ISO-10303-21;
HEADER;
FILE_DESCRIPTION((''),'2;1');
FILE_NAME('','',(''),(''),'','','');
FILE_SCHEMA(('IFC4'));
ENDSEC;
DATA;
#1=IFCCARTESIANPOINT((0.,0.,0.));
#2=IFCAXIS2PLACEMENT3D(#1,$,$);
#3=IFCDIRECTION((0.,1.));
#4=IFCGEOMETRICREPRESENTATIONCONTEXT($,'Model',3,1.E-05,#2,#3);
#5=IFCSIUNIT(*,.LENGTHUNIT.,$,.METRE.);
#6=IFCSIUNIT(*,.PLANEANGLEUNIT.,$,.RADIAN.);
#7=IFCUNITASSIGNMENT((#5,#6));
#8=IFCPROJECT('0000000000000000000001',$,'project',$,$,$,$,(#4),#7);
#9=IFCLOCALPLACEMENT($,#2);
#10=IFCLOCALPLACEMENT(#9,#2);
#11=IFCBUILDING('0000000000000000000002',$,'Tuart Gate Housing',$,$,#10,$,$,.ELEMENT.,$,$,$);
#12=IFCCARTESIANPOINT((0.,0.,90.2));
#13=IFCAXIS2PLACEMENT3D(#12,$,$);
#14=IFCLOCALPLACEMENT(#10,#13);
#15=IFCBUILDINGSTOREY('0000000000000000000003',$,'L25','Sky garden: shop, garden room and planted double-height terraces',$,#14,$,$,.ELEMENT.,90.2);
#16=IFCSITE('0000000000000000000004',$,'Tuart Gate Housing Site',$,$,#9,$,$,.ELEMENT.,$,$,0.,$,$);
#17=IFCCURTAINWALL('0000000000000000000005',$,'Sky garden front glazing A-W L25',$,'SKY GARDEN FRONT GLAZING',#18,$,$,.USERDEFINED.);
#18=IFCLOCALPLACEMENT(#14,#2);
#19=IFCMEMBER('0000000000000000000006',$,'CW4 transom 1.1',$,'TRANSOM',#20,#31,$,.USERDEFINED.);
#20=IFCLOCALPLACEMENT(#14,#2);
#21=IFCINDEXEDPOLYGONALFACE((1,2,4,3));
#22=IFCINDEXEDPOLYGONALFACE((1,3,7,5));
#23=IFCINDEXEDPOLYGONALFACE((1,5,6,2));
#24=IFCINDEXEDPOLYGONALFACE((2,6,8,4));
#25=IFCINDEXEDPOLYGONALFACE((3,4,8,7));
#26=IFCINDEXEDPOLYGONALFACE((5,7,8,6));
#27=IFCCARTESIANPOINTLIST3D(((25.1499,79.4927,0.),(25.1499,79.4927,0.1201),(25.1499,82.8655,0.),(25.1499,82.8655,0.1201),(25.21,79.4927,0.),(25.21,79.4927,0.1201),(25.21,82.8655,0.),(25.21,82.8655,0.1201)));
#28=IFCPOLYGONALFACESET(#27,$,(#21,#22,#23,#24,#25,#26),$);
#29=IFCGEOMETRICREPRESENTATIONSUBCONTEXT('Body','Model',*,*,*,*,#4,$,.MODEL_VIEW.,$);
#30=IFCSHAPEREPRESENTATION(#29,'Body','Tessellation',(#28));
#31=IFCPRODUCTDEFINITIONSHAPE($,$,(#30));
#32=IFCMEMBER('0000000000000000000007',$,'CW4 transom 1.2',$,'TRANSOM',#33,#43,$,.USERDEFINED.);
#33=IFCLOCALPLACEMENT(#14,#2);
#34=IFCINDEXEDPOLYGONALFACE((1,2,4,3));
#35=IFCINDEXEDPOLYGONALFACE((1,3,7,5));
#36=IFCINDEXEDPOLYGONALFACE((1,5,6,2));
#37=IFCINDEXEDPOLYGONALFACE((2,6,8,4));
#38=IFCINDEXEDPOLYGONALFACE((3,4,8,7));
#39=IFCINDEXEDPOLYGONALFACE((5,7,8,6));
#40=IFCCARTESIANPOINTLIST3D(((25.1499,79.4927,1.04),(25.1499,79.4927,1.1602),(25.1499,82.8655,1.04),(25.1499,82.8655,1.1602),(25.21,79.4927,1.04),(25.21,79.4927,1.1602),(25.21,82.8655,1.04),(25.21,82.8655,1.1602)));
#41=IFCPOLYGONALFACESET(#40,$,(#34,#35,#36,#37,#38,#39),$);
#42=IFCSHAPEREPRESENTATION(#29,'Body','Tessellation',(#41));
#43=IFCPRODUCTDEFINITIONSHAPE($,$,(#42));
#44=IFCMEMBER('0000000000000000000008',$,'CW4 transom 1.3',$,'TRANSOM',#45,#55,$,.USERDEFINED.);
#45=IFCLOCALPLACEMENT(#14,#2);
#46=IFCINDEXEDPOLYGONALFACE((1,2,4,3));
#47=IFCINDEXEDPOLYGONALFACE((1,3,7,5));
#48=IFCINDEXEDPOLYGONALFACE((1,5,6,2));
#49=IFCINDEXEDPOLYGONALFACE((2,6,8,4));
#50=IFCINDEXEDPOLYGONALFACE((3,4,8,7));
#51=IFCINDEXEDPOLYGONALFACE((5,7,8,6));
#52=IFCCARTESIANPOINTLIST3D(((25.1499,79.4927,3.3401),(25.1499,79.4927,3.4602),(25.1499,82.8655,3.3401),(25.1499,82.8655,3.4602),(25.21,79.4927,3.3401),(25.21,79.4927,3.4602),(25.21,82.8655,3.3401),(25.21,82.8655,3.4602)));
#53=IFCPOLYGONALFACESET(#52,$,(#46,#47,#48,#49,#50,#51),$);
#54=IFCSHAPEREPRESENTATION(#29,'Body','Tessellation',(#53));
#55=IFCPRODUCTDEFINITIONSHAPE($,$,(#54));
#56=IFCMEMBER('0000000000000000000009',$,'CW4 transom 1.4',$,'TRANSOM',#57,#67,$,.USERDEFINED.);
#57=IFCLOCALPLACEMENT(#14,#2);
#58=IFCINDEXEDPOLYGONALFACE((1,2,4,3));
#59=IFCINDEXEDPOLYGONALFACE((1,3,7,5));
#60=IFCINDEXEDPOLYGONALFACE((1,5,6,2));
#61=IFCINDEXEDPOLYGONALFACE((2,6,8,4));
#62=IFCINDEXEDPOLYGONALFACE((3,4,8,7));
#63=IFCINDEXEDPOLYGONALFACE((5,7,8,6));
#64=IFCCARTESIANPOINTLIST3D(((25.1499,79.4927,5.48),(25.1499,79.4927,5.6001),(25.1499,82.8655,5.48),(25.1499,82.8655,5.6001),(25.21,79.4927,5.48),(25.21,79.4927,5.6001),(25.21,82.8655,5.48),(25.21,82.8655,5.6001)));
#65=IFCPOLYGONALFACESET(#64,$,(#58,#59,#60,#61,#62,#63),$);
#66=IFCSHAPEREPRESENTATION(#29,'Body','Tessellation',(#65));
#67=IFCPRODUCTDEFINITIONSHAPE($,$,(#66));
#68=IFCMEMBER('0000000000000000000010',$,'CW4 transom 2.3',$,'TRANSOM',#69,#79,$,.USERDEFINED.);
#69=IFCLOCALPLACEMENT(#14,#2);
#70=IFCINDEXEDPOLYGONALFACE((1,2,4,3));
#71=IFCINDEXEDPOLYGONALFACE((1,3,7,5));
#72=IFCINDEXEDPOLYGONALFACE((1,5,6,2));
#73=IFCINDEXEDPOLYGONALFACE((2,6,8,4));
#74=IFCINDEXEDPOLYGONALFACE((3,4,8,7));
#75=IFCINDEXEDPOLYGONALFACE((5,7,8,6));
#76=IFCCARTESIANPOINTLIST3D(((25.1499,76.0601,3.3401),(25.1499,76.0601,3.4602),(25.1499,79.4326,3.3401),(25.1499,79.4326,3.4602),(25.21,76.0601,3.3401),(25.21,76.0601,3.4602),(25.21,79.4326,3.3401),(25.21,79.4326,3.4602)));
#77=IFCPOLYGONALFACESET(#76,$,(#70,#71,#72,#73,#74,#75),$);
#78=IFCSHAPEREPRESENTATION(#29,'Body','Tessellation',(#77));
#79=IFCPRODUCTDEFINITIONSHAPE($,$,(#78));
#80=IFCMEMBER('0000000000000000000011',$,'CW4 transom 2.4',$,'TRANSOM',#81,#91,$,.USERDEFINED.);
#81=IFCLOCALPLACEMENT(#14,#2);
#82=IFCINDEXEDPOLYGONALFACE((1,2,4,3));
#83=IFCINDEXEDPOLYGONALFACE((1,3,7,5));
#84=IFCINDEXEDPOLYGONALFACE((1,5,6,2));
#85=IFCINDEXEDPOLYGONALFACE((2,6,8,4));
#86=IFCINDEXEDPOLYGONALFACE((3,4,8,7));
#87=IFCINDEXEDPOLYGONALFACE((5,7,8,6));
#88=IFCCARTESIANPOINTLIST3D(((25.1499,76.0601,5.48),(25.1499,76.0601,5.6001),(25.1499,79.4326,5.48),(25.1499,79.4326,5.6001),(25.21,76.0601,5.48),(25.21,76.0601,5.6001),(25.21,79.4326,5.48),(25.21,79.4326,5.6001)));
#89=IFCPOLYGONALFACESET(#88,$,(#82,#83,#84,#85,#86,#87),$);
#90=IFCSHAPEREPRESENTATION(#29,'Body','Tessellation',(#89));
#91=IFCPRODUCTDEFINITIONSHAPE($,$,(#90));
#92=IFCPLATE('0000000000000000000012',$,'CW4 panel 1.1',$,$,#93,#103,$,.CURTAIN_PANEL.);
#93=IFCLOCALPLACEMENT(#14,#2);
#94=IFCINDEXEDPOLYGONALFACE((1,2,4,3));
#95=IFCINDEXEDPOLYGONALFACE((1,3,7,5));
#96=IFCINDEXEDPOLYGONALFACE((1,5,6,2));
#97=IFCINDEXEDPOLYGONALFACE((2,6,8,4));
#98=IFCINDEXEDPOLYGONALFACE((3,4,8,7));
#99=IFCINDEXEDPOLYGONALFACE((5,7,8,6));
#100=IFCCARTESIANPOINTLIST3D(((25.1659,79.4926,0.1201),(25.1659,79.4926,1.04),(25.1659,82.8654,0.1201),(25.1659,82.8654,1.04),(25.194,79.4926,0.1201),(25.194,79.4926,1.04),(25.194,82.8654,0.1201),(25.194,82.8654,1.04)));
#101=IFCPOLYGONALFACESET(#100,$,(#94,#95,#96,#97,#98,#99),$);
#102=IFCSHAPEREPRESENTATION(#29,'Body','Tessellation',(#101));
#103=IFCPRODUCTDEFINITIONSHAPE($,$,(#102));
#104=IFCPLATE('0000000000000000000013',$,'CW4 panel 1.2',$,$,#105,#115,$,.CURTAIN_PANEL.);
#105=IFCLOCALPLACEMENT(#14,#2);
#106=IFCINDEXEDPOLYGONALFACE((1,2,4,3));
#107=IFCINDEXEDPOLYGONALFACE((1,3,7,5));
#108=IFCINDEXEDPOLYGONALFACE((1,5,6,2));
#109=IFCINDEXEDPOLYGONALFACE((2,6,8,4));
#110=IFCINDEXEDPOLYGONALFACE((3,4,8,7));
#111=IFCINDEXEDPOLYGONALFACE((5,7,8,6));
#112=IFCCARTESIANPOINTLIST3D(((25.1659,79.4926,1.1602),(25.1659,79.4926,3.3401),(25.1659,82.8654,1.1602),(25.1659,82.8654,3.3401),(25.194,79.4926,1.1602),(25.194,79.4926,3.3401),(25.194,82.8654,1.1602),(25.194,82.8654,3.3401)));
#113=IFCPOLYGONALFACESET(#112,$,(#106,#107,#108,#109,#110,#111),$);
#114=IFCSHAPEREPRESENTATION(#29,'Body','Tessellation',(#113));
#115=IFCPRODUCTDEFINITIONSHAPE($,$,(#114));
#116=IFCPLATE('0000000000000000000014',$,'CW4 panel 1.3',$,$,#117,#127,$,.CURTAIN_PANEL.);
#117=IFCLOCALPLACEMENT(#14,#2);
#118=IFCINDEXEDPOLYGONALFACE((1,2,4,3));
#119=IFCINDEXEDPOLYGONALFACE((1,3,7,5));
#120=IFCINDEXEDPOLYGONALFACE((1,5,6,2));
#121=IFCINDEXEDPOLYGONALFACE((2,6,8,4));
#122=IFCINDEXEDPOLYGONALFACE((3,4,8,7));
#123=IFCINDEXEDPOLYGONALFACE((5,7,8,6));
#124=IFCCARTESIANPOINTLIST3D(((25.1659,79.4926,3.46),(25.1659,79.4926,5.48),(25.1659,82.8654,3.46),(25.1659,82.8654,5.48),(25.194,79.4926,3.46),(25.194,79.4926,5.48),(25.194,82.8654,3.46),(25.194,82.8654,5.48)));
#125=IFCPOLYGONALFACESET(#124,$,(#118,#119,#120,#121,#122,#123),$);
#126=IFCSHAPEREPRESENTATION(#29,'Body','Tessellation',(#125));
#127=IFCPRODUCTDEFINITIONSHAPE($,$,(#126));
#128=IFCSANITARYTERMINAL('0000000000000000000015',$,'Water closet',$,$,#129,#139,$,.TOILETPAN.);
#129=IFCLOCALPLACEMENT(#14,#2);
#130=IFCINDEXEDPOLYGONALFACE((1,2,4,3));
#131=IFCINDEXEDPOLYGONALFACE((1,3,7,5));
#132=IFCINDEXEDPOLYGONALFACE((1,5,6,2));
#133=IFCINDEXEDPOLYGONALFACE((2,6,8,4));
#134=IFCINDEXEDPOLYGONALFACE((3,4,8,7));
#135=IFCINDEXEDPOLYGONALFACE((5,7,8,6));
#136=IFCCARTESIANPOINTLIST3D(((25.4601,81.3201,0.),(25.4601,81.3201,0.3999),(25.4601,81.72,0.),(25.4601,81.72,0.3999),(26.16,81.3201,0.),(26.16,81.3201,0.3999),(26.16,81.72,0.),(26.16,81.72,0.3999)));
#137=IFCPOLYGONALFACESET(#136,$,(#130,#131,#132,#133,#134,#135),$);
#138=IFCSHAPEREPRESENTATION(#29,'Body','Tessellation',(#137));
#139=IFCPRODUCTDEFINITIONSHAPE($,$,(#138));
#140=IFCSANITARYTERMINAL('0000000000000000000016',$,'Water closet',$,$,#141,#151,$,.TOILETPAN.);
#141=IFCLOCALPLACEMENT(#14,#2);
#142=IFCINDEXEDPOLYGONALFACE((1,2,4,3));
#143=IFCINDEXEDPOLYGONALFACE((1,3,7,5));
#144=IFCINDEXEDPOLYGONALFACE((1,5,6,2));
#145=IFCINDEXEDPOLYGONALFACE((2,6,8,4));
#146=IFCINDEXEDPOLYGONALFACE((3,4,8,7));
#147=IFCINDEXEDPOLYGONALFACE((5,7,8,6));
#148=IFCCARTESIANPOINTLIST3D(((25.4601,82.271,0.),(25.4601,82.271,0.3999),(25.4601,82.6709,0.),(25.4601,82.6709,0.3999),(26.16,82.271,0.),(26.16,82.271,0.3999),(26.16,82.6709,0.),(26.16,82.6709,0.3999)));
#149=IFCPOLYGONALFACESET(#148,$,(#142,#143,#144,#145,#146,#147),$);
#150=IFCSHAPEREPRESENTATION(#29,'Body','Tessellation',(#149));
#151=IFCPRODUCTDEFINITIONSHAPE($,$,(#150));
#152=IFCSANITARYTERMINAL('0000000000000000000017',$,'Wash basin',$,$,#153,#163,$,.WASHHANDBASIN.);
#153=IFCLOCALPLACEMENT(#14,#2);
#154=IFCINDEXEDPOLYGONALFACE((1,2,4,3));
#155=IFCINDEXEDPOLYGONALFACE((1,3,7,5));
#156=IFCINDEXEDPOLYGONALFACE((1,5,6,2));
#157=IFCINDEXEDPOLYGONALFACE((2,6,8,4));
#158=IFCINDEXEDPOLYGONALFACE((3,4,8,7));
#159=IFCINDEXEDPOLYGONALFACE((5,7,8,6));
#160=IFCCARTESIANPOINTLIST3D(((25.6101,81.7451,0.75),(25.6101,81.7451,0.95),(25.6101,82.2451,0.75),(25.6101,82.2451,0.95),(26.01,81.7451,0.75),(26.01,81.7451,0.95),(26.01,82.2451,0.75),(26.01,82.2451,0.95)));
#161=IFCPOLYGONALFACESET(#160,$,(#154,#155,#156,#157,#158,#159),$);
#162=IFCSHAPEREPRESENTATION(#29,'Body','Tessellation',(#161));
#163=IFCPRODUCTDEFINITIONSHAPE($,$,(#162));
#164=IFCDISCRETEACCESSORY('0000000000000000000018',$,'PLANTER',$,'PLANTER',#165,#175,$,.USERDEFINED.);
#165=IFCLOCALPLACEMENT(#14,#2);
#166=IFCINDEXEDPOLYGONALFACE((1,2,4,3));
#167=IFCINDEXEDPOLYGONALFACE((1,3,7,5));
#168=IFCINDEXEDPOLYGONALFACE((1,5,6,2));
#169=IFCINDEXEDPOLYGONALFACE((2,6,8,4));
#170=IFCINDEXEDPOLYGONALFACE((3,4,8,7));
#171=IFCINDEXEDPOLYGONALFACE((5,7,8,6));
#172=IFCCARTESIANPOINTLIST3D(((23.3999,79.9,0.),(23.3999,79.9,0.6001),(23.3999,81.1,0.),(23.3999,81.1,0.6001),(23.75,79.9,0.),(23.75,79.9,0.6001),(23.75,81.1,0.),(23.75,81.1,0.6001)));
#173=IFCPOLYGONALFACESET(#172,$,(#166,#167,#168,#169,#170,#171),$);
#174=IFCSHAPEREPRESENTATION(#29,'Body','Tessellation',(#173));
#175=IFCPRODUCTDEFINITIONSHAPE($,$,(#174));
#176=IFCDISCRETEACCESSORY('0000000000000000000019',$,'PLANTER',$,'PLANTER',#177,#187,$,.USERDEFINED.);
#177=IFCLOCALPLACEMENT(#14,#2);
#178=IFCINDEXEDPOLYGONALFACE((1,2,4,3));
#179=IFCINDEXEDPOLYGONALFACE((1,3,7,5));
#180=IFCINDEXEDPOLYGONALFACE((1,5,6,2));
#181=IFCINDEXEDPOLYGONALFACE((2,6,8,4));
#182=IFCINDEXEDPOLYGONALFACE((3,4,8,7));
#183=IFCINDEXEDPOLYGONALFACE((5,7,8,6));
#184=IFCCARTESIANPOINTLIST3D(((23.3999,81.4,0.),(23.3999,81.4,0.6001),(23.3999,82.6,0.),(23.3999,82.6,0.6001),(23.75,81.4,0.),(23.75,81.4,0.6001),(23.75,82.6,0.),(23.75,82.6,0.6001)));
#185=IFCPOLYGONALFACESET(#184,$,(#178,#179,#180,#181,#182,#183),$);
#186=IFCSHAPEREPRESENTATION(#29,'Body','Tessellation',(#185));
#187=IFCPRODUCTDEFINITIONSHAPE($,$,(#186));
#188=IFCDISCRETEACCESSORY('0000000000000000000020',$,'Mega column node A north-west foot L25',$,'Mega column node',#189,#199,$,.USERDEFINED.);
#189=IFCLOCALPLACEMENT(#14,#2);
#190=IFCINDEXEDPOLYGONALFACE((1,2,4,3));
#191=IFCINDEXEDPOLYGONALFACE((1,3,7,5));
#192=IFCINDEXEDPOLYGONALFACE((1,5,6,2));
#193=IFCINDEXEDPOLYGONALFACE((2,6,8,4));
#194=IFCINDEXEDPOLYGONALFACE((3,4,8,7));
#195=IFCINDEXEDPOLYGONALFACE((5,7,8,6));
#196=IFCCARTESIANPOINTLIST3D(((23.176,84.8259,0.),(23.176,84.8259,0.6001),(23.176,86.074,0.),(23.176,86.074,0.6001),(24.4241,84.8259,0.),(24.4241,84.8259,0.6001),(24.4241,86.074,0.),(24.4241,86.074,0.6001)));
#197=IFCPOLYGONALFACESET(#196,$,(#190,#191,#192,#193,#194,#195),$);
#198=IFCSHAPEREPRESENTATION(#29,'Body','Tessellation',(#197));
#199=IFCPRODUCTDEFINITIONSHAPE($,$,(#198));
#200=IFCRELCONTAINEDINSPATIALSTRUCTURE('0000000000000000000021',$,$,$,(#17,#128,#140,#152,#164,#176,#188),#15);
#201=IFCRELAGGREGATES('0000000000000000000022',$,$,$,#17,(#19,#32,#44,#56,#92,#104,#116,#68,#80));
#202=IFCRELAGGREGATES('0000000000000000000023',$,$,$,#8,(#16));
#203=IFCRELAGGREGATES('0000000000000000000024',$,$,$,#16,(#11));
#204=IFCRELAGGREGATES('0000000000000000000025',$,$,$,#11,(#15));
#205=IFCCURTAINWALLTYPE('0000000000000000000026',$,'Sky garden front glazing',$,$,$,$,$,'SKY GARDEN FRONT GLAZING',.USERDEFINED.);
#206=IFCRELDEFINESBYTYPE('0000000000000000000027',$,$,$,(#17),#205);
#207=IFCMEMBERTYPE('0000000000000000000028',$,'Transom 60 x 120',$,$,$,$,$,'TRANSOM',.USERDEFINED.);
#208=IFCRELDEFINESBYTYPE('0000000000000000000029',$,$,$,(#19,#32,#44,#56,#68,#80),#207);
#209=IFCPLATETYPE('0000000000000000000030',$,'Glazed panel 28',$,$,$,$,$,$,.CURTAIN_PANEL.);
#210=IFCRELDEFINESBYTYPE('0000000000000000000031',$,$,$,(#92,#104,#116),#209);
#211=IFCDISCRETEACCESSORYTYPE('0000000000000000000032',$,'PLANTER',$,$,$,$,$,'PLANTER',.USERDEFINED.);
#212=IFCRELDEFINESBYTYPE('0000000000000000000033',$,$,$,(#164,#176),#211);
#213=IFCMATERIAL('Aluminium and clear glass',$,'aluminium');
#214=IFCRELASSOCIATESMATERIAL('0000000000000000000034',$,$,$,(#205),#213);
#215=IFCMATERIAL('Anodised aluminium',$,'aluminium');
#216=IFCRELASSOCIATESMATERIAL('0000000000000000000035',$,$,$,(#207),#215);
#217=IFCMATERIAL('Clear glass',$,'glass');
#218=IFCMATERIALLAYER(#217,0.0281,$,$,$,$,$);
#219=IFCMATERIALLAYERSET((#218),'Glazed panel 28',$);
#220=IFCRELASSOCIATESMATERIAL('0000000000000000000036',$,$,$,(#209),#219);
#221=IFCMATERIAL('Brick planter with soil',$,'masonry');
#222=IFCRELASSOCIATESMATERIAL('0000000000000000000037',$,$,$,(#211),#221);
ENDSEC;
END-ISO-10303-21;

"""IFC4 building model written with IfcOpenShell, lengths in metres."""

from ifc_helpers import new_model, si_unit, direction, frame, origin, origin_2d, place, context, subcontext, project, spatial, rectangle, extrude, material, layer, layer_set, material_profile, profile_set, type_object, element, aggregate, save


model = new_model("IFC4")

# Units and contexts
model_context = context("Model", 3, precision=1e-05, world=origin(), true_north=direction((0.0, 1.0)))
body_context = subcontext(model_context, "Body", "Model", "MODEL_VIEW")
ifc_project = project(units=[si_unit("LENGTHUNIT", "METRE"), si_unit("PLANEANGLEUNIT", "RADIAN")], contexts=[model_context])

# Site, building, storey
site_placement = place(None, origin())
site = spatial("IfcSite", under=ifc_project, at=site_placement, Name="Tuart Gate Housing Site", CompositionType="ELEMENT", RefElevation=0.0)
building_placement = place(site_placement, origin())
building = spatial("IfcBuilding", under=site, at=building_placement, Name="Tuart Gate Housing", CompositionType="ELEMENT")
storey_placement = place(building_placement, frame((0.0, 0.0, 90.2)))
storey = spatial("IfcBuildingStorey", under=building, at=storey_placement, Name="L25", Description="Sky garden: shop, garden room and planted double-height terraces", CompositionType="ELEMENT", Elevation=90.2)

# Curtain wall
ifc_material_1 = material(Name="Aluminium and clear glass", Category="aluminium")
curtain_wall_type = type_object("IfcCurtainWallType", Name="Sky garden front glazing", ElementType="SKY GARDEN FRONT GLAZING", PredefinedType="USERDEFINED", material=ifc_material_1)
curtain_wall_placement = place(storey_placement, origin())
curtain_wall = element("IfcCurtainWall", 1, at=curtain_wall_placement, inside=storey, type_object=curtain_wall_type, Name="Sky garden front glazing A-W L25", ObjectType="SKY GARDEN FRONT GLAZING", PredefinedType="USERDEFINED")

# Members
ifc_material_2 = material(Name="Anodised aluminium", Category="aluminium")
ifc_material_profile_1 = material_profile(ifc_material_2, rectangle(XDim=0.0601, YDim=0.1201, at=origin_2d()), Name="60x120")
ifc_profile_set_1 = profile_set([ifc_material_profile_1], Name="Anodised aluminium")
member_type_1 = type_object("IfcMemberType", Name="Transom 60 x 120", ElementType="TRANSOM", PredefinedType="USERDEFINED", material=ifc_profile_set_1)
member_1_placement = place(storey_placement, frame((25.1799, 82.8655, 0.0601), z_axis=(0.0, -1.0, 0.0), x_axis=(1.0, 0.0, 0.0)))
member_1 = element("IfcMember", 2, at=member_1_placement, type_object=member_type_1, Name="CW4 transom 1.1", ObjectType="TRANSOM", PredefinedType="USERDEFINED", context=body_context, shape_type="SweptSolid", body=[
    extrude(rectangle(XDim=0.0601, YDim=0.1201, at=origin_2d()), origin(), (0.0, 0.0, 1.0), 3.3728),
])
member_2_placement = place(storey_placement, frame((25.1799, 82.8655, 1.1001), z_axis=(0.0, -1.0, 0.0), x_axis=(1.0, 0.0, 0.0)))
member_2 = element("IfcMember", 3, at=member_2_placement, type_object=member_type_1, Name="CW4 transom 1.2", ObjectType="TRANSOM", PredefinedType="USERDEFINED", context=body_context, shape_type="SweptSolid", body=[
    extrude(rectangle(XDim=0.0601, YDim=0.1201, at=origin_2d()), origin(), (0.0, 0.0, 1.0), 3.3728),
])
member_3_placement = place(storey_placement, frame((25.1799, 82.8655, 3.4001), z_axis=(0.0, -1.0, 0.0), x_axis=(1.0, 0.0, 0.0)))
member_3 = element("IfcMember", 4, at=member_3_placement, type_object=member_type_1, Name="CW4 transom 1.3", ObjectType="TRANSOM", PredefinedType="USERDEFINED", context=body_context, shape_type="SweptSolid", body=[
    extrude(rectangle(XDim=0.0601, YDim=0.1201, at=origin_2d()), origin(), (0.0, 0.0, 1.0), 3.3728),
])
member_4_placement = place(storey_placement, frame((25.1799, 82.8655, 5.54), z_axis=(0.0, -1.0, 0.0), x_axis=(1.0, 0.0, 0.0)))
member_4 = element("IfcMember", 5, at=member_4_placement, type_object=member_type_1, Name="CW4 transom 1.4", ObjectType="TRANSOM", PredefinedType="USERDEFINED", context=body_context, shape_type="SweptSolid", body=[
    extrude(rectangle(XDim=0.0601, YDim=0.1201, at=origin_2d()), origin(), (0.0, 0.0, 1.0), 3.3728),
])
member_5_placement = place(storey_placement, frame((25.1799, 79.4326, 3.4001), z_axis=(0.0, -1.0, 0.0), x_axis=(1.0, 0.0, 0.0)))
member_5 = element("IfcMember", 6, at=member_5_placement, type_object=member_type_1, Name="CW4 transom 2.3", ObjectType="TRANSOM", PredefinedType="USERDEFINED", context=body_context, shape_type="SweptSolid", body=[
    extrude(rectangle(XDim=0.0601, YDim=0.1201, at=origin_2d()), origin(), (0.0, 0.0, 1.0), 3.3726),
])
member_6_placement = place(storey_placement, frame((25.1799, 79.4326, 5.54), z_axis=(0.0, -1.0, 0.0), x_axis=(1.0, 0.0, 0.0)))
member_6 = element("IfcMember", 7, at=member_6_placement, type_object=member_type_1, Name="CW4 transom 2.4", ObjectType="TRANSOM", PredefinedType="USERDEFINED", context=body_context, shape_type="SweptSolid", body=[
    extrude(rectangle(XDim=0.0601, YDim=0.1201, at=origin_2d()), origin(), (0.0, 0.0, 1.0), 3.3726),
])

# Plates
ifc_material_3 = material(Name="Clear glass", Category="glass")
ifc_layer = layer(ifc_material_3, 0.0281)
ifc_layer_set = layer_set([ifc_layer], Name="Glazed panel 28")
plate_type = type_object("IfcPlateType", Name="Glazed panel 28", PredefinedType="CURTAIN_PANEL", material=ifc_layer_set)
plate_1_placement = place(storey_placement, frame((25.1799, 81.179, 0.1201), z_axis=(0.0, 0.0, 1.0), x_axis=(0.0, -1.0, 0.0)))
plate_1 = element("IfcPlate", 8, at=plate_1_placement, type_object=plate_type, Name="CW4 panel 1.1", PredefinedType="CURTAIN_PANEL", context=body_context, shape_type="SweptSolid", body=[
    extrude(rectangle(XDim=3.3728, YDim=0.0281, at=origin_2d()), origin(), (0.0, 0.0, 1.0), 0.9199),
])
plate_2_placement = place(storey_placement, frame((25.1799, 81.179, 1.1602), z_axis=(0.0, 0.0, 1.0), x_axis=(0.0, -1.0, 0.0)))
plate_2 = element("IfcPlate", 9, at=plate_2_placement, type_object=plate_type, Name="CW4 panel 1.2", PredefinedType="CURTAIN_PANEL", context=body_context, shape_type="SweptSolid", body=[
    extrude(rectangle(XDim=3.3728, YDim=0.0281, at=origin_2d()), origin(), (0.0, 0.0, 1.0), 2.1799),
])
plate_3_placement = place(storey_placement, frame((25.1799, 81.179, 3.46), z_axis=(0.0, 0.0, 1.0), x_axis=(0.0, -1.0, 0.0)))
plate_3 = element("IfcPlate", 10, at=plate_3_placement, type_object=plate_type, Name="CW4 panel 1.3", PredefinedType="CURTAIN_PANEL", context=body_context, shape_type="SweptSolid", body=[
    extrude(rectangle(XDim=3.3728, YDim=0.0281, at=origin_2d()), origin(), (0.0, 0.0, 1.0), 2.02),
])
aggregate(curtain_wall, [member_1, member_2, member_3, member_4, plate_1, plate_2, plate_3, member_5, member_6])

# Sanitary terminals
for number, where, z_axis, x_axis, name in (
    (11, (25.8101, 81.52, 0.0), (0.0, 0.0, 1.0), (1.0, 0.0, 0.0), "Water closet"),
    (12, (25.8101, 82.4709, 0.0), (0.0, 0.0, 1.0), (1.0, 0.0, 0.0), "Water closet"),
):
    element("IfcSanitaryTerminal", number, at=place(storey_placement, frame(where, z_axis=z_axis, x_axis=x_axis)), inside=storey, Name=name, PredefinedType="TOILETPAN", context=body_context, shape_type="SweptSolid", body=[
        extrude(rectangle(XDim=0.7, YDim=0.3999, at=origin_2d()), origin(), (0.0, 0.0, 1.0), 0.3999),
    ])
sanitary_terminal_placement = place(storey_placement, frame((25.8101, 81.9951, 0.75), z_axis=(0.0, 0.0, 1.0), x_axis=(1.0, 0.0, 0.0)))
element("IfcSanitaryTerminal", 13, at=sanitary_terminal_placement, inside=storey, Name="Wash basin", PredefinedType="WASHHANDBASIN", context=body_context, shape_type="SweptSolid", body=[
    extrude(rectangle(XDim=0.3999, YDim=0.5, at=origin_2d()), origin(), (0.0, 0.0, 1.0), 0.2),
])

# Discrete accessories
ifc_material_4 = material(Name="Brick planter with soil", Category="masonry")
discrete_accessory_type = type_object("IfcDiscreteAccessoryType", Name="PLANTER", ElementType="PLANTER", PredefinedType="USERDEFINED", material=ifc_material_4)
for number, where, z_axis, x_axis, name in (
    (14, (23.575, 80.5, 0.0), (0.0, 0.0, 1.0), (1.0, 0.0, 0.0), "PLANTER"),
    (15, (23.575, 82.0, 0.0), (0.0, 0.0, 1.0), (1.0, 0.0, 0.0), "PLANTER"),
):
    element("IfcDiscreteAccessory", number, at=place(storey_placement, frame(where, z_axis=z_axis, x_axis=x_axis)), inside=storey, type_object=discrete_accessory_type, Name=name, ObjectType="PLANTER", PredefinedType="USERDEFINED", context=body_context, shape_type="SweptSolid", body=[
        extrude(rectangle(XDim=0.3501, YDim=1.2, at=origin_2d()), origin(), (0.0, 0.0, 1.0), 0.6001),
    ])
for number, where, z_axis, x_axis, name in (
    (16, (23.8, 85.45, 0.0), (0.0, 0.0, 1.0), (1.0, 0.0, 0.0), "Mega column node A north-west foot L25"),
):
    element("IfcDiscreteAccessory", number, at=place(storey_placement, frame(where, z_axis=z_axis, x_axis=x_axis)), inside=storey, Name=name, ObjectType="Mega column node", PredefinedType="USERDEFINED", context=body_context, shape_type="SweptSolid", body=[
        extrude(rectangle(XDim=1.248, YDim=1.248, at=origin_2d()), origin(), (0.0, 0.0, 1.0), 0.6001),
    ])

save(model, "model.ifc")
